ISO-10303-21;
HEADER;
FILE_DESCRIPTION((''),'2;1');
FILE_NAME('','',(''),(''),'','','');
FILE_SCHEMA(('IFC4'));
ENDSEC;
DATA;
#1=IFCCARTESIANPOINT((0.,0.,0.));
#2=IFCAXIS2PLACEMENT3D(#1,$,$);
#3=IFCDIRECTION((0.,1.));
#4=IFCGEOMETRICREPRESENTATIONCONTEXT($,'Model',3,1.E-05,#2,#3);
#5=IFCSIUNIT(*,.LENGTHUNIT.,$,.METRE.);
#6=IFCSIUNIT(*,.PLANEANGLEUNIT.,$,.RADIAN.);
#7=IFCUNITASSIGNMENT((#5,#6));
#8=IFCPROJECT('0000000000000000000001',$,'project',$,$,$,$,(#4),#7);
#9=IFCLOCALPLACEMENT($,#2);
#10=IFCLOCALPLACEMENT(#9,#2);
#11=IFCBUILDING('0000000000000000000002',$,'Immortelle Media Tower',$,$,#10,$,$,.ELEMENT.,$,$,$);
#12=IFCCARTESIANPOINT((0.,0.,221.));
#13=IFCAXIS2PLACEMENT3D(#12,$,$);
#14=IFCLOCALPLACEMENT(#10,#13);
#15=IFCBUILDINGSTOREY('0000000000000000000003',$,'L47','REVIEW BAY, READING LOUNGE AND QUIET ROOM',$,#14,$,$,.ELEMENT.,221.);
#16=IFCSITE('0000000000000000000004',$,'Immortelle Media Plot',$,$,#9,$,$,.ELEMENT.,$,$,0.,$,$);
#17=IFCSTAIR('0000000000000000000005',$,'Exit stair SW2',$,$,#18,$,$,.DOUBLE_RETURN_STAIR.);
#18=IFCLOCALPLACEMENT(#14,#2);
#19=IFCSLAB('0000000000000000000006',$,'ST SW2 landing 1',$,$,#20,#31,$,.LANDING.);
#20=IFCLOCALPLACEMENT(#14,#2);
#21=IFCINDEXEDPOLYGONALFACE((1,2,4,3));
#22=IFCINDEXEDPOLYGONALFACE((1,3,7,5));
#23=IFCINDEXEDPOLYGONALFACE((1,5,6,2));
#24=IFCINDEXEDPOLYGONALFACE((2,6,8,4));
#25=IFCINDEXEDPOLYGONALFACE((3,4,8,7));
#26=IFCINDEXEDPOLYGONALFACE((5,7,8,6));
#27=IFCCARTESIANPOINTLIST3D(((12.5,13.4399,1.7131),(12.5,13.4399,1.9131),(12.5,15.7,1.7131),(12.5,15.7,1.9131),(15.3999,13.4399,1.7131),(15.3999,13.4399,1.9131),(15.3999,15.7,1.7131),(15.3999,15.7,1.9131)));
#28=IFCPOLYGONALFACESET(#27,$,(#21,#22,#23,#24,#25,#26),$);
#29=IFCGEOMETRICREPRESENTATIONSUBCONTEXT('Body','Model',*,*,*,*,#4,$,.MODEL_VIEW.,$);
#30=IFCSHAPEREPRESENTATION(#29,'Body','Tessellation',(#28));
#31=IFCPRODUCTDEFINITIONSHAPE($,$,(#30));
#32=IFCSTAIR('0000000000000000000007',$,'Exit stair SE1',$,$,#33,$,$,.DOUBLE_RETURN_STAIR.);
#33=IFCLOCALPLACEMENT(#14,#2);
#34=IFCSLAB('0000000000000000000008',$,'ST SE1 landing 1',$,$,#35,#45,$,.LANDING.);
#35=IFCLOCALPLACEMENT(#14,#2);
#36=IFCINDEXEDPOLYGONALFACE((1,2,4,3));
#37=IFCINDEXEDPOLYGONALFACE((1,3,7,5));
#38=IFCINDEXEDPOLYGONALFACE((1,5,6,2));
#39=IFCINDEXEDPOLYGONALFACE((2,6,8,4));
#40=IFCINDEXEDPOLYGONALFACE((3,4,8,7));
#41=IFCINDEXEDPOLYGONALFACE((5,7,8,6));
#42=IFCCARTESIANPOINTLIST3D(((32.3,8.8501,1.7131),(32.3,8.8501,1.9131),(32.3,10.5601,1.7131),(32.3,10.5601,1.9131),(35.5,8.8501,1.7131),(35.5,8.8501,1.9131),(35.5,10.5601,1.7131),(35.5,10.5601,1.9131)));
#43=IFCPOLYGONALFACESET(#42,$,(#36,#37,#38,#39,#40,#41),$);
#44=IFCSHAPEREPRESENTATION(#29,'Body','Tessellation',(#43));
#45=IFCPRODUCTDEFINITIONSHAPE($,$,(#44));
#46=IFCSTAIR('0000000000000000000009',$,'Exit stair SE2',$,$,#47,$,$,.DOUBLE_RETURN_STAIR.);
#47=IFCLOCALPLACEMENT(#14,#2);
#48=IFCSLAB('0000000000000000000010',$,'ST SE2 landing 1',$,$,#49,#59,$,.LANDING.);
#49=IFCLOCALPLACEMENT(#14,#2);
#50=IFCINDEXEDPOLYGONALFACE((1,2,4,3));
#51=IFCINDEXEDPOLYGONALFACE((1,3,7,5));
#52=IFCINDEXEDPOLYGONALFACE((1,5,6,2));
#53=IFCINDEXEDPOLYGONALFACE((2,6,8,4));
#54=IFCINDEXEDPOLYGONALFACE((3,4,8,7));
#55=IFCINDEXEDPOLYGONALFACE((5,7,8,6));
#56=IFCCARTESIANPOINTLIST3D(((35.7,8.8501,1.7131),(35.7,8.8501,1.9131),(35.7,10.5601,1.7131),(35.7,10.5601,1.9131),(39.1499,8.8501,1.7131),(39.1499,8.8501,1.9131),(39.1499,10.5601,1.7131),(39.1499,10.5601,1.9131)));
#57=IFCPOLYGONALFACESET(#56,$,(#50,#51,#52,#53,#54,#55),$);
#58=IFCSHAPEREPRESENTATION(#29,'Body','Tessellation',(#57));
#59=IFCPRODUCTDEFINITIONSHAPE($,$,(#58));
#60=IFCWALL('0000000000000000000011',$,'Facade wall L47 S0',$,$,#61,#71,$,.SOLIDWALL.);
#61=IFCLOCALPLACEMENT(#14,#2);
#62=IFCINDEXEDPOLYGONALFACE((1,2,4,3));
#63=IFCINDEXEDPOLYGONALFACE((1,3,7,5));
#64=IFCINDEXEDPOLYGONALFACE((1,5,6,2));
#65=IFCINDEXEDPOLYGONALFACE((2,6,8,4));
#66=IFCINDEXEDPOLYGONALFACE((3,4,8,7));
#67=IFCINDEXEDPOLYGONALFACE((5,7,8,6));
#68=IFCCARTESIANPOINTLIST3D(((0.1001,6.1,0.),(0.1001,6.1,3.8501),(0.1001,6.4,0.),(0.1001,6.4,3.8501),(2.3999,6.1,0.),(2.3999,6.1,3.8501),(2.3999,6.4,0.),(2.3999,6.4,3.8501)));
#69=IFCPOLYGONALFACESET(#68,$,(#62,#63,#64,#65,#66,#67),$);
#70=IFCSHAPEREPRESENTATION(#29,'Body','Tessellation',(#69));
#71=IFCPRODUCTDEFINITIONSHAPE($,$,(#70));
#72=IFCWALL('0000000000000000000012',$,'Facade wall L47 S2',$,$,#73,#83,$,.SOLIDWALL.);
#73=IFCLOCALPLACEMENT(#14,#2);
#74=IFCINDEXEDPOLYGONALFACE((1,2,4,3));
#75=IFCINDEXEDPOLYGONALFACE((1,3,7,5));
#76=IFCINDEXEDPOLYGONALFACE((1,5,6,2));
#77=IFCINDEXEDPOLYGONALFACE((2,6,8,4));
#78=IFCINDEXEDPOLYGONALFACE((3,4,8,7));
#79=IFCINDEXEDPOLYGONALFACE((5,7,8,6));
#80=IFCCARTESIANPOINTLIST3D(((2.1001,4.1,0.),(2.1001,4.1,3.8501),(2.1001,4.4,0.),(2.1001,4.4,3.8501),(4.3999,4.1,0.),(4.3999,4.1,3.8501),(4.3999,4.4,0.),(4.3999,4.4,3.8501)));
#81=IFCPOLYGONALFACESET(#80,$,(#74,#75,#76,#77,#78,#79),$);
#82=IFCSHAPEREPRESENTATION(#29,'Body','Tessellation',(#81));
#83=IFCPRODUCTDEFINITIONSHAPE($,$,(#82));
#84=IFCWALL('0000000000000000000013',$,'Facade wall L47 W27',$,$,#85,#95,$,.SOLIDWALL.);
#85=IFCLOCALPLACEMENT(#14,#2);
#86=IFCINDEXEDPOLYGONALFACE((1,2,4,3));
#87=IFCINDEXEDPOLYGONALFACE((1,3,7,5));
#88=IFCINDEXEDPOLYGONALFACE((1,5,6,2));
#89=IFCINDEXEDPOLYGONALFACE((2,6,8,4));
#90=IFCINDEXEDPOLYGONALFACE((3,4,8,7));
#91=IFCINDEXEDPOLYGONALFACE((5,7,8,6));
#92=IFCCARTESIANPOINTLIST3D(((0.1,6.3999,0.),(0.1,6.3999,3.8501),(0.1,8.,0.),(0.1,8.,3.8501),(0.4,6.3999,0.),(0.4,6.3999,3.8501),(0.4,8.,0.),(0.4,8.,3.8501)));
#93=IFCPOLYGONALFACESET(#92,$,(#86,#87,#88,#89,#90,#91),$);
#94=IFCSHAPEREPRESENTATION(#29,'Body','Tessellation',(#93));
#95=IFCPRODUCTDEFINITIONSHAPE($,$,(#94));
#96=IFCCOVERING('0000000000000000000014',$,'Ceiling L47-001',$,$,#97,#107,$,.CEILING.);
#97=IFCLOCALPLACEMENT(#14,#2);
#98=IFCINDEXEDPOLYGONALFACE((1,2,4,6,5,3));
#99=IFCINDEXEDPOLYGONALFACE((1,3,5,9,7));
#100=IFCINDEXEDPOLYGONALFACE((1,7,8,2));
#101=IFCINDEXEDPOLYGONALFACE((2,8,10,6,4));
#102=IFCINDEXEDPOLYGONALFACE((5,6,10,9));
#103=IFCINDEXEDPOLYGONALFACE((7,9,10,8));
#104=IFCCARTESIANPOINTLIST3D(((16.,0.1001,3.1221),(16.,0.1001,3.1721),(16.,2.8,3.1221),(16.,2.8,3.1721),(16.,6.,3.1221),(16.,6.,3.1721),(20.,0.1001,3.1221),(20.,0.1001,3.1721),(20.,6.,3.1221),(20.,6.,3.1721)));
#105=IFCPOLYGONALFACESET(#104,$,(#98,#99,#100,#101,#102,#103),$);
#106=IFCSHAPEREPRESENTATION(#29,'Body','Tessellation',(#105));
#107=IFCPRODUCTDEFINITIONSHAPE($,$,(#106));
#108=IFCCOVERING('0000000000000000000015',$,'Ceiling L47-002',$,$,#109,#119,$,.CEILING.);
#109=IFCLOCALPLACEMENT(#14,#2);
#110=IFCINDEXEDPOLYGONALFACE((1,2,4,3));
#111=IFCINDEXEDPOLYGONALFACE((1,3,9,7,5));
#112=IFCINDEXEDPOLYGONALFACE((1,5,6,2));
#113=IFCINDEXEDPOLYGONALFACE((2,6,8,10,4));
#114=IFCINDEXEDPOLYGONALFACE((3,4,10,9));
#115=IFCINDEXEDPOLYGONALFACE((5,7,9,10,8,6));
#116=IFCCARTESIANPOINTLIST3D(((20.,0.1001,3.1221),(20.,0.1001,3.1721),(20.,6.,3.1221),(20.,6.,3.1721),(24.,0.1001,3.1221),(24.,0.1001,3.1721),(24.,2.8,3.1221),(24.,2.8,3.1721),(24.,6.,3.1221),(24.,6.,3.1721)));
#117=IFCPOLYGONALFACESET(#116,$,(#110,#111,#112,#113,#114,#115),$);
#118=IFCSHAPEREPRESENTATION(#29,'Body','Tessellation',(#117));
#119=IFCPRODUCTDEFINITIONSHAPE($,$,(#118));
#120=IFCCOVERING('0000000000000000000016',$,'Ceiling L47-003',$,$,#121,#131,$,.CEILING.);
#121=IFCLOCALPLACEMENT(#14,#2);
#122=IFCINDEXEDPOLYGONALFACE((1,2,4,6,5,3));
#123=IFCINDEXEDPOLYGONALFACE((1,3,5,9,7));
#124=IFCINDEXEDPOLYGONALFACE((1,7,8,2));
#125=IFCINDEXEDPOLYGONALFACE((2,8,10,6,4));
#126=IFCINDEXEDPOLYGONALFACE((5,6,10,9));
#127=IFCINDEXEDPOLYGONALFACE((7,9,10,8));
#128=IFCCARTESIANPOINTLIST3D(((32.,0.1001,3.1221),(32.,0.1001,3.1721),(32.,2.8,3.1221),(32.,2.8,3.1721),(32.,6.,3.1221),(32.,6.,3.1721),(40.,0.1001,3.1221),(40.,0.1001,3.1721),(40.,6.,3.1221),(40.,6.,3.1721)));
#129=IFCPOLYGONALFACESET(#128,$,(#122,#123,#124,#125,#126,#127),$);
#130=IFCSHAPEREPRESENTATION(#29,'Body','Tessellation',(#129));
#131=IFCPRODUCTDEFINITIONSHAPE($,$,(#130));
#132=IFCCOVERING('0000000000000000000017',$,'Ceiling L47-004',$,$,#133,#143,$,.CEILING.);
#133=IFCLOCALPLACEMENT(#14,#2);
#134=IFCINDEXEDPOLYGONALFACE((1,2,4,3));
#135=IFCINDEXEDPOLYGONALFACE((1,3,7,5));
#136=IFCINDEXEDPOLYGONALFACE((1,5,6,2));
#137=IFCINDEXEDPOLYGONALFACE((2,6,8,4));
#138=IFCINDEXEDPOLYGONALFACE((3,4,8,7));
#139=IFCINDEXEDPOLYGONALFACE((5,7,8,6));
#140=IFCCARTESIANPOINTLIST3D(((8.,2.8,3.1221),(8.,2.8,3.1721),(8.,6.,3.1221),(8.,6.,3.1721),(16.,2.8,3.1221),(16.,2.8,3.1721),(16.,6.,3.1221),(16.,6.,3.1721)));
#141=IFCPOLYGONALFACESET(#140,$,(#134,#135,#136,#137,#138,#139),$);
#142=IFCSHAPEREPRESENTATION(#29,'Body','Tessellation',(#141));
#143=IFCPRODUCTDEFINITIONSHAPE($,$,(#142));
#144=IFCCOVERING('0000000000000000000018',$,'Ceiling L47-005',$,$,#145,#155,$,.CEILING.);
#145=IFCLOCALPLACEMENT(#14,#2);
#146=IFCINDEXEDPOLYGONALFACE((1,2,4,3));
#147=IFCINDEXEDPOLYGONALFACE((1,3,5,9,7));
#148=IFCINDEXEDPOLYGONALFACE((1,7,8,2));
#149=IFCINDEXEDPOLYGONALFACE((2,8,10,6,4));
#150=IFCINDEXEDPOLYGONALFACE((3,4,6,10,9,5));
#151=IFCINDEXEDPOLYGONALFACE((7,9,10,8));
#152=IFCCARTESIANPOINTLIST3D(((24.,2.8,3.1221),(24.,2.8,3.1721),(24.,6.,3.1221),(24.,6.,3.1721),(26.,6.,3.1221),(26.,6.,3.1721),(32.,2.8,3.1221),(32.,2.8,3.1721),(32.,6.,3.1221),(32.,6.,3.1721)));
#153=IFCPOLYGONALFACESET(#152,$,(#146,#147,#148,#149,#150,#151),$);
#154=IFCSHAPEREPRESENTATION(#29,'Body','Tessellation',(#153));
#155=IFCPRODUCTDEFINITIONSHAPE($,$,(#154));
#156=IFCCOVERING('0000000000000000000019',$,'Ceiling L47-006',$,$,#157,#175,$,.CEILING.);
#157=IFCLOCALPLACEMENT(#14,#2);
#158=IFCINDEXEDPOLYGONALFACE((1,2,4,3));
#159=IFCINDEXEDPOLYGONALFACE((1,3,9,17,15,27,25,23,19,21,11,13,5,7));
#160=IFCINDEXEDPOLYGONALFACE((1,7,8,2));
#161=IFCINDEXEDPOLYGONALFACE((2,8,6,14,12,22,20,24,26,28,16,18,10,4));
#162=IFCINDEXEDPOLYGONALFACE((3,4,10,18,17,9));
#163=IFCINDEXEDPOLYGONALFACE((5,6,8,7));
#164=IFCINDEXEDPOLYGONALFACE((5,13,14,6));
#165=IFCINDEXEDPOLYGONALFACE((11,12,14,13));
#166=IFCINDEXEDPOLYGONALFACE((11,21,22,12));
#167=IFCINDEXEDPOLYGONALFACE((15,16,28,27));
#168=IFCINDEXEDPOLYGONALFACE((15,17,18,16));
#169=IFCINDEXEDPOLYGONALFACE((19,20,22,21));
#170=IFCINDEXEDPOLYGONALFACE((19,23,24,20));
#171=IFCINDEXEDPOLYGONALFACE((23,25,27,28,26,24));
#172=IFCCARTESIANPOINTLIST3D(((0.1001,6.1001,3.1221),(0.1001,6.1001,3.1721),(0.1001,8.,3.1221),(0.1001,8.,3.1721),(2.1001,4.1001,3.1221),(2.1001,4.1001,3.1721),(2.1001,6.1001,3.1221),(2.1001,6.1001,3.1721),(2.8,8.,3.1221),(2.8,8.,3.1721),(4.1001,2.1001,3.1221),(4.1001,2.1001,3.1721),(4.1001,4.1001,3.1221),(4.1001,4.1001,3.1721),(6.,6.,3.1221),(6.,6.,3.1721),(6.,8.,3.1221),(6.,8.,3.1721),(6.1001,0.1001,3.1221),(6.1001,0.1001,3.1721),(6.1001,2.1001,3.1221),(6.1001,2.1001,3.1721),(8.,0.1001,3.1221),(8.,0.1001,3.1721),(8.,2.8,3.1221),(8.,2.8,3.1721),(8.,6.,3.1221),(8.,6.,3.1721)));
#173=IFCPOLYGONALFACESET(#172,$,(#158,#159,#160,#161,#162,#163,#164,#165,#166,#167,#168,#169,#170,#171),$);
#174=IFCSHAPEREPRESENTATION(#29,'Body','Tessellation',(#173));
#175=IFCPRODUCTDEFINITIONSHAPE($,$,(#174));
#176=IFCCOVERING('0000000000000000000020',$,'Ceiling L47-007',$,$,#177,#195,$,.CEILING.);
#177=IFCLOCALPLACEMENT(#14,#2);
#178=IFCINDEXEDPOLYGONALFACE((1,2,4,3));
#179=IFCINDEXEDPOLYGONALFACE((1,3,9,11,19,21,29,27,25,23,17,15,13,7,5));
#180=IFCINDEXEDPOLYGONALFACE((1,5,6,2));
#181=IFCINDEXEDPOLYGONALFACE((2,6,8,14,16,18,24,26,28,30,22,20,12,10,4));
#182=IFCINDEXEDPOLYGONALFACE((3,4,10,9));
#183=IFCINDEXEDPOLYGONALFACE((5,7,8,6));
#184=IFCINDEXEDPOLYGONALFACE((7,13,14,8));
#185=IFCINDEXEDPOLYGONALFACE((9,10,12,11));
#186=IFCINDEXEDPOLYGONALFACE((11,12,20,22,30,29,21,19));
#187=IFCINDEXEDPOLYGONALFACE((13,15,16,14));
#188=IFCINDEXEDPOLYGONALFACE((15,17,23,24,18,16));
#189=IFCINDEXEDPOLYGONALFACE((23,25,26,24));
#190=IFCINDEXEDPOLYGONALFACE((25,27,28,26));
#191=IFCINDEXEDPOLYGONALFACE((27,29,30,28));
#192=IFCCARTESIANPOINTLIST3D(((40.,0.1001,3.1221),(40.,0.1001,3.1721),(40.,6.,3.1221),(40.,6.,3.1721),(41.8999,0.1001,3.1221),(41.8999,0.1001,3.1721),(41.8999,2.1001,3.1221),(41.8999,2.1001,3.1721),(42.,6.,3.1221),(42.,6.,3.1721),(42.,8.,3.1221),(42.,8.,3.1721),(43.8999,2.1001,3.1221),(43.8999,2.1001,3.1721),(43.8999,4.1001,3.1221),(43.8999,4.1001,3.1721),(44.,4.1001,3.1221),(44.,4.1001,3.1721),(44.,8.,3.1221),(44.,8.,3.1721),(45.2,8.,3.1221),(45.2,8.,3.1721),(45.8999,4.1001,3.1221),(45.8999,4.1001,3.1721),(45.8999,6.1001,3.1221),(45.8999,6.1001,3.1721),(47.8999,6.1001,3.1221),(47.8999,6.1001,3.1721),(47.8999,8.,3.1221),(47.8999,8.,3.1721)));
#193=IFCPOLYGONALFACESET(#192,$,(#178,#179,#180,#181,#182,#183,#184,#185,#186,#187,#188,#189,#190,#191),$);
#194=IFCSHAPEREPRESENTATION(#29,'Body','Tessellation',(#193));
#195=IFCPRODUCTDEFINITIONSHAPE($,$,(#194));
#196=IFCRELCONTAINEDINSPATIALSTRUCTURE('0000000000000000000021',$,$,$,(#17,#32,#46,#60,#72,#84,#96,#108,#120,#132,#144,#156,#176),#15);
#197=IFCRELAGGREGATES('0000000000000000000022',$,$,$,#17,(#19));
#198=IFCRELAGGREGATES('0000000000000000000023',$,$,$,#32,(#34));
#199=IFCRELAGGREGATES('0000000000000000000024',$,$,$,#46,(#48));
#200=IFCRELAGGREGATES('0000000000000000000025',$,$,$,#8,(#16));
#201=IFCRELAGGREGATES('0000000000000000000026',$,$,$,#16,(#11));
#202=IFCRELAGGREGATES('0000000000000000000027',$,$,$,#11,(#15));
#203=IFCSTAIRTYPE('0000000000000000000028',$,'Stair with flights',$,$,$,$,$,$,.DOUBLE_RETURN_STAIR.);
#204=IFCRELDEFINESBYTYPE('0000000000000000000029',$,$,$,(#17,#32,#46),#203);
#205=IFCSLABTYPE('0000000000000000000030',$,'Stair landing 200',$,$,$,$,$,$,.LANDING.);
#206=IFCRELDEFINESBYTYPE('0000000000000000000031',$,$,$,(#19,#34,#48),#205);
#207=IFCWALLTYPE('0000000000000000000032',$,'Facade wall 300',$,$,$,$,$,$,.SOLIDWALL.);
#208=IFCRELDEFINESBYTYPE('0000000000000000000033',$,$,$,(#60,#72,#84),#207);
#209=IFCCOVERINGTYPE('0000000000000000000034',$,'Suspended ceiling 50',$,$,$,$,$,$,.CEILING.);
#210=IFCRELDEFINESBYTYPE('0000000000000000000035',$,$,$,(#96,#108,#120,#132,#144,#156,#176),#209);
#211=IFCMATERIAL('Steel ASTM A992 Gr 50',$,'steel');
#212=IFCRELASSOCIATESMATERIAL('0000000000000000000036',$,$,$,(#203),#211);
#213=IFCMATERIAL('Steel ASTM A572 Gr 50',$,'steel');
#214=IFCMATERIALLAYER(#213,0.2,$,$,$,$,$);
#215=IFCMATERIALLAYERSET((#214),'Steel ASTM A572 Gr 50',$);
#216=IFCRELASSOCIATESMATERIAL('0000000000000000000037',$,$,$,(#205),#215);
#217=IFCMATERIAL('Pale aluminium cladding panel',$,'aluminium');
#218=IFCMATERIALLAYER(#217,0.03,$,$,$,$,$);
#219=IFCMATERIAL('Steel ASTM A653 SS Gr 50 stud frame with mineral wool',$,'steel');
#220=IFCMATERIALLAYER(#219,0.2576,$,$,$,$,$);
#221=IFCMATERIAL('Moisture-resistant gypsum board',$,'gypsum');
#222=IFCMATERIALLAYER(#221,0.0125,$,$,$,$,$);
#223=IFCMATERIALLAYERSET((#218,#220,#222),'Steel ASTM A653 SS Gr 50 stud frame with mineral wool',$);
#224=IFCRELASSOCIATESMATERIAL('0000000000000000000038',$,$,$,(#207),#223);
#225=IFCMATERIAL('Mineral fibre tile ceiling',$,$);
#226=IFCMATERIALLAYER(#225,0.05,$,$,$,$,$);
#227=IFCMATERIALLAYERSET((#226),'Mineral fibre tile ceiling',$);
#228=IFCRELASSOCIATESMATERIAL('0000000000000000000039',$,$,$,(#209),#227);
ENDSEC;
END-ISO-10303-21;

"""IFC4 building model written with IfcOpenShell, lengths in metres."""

from ifc_helpers import new_model, si_unit, direction, frame, frame_2d, origin, place, context, subcontext, project, spatial, polyline, rectangle, outline, extrude, material, layer, layer_set, type_object, element, aggregate, save


model = new_model("IFC4")

# Units and contexts
model_context = context("Model", 3, precision=1e-05, world=origin(), true_north=direction((0.0, 1.0)))
body_context = subcontext(model_context, "Body", "Model", "MODEL_VIEW")
ifc_project = project(units=[si_unit("LENGTHUNIT", "METRE"), si_unit("PLANEANGLEUNIT", "RADIAN")], contexts=[model_context])

# Site, building, storey
site_placement = place(None, origin())
site = spatial("IfcSite", under=ifc_project, at=site_placement, Name="Immortelle Media Plot", CompositionType="ELEMENT", RefElevation=0.0)
building_placement = place(site_placement, origin())
building = spatial("IfcBuilding", under=site, at=building_placement, Name="Immortelle Media Tower", CompositionType="ELEMENT")
storey_placement = place(building_placement, frame((0.0, 0.0, 221.0)))
storey = spatial("IfcBuildingStorey", under=building, at=storey_placement, Name="L47", Description="REVIEW BAY, READING LOUNGE AND QUIET ROOM", CompositionType="ELEMENT", Elevation=221.0)

# Shared definitions
ifc_material_1 = material(Name="Steel ASTM A992 Gr 50", Category="steel")

# Stairs, slabs
stair_type = type_object("IfcStairType", Name="Stair with flights", PredefinedType="DOUBLE_RETURN_STAIR", material=ifc_material_1)
ifc_material_2 = material(Name="Steel ASTM A572 Gr 50", Category="steel")
ifc_layer_1 = layer(ifc_material_2, 0.2)
ifc_layer_set_1 = layer_set([ifc_layer_1], Name="Steel ASTM A572 Gr 50")
slab_type_1 = type_object("IfcSlabType", Name="Stair landing 200", PredefinedType="LANDING", material=ifc_layer_set_1)
stair_1_placement = place(storey_placement, origin())
stair_1 = element("IfcStair", 1, at=stair_1_placement, inside=storey, type_object=stair_type, Name="Exit stair SW2", PredefinedType="DOUBLE_RETURN_STAIR")
slab_1_placement = place(storey_placement, frame((0.0, 0.0, 1.7131)))
slab_1 = element("IfcSlab", 2, at=slab_1_placement, type_object=slab_type_1, Name="ST SW2 landing 1", PredefinedType="LANDING", context=body_context, shape_type="SweptSolid", body=[
    extrude(outline(polyline([(12.5, 13.4399), (15.3999, 13.4399), (15.3999, 15.7), (12.5, 15.7), (12.5, 13.4399)])), origin(), (0.0, 0.0, 1.0), 0.2),
])
aggregate(stair_1, [slab_1])
stair_2_placement = place(storey_placement, origin())
stair_2 = element("IfcStair", 3, at=stair_2_placement, inside=storey, type_object=stair_type, Name="Exit stair SE1", PredefinedType="DOUBLE_RETURN_STAIR")
slab_2_placement = place(storey_placement, frame((0.0, 0.0, 1.7131)))
slab_2 = element("IfcSlab", 4, at=slab_2_placement, type_object=slab_type_1, Name="ST SE1 landing 1", PredefinedType="LANDING", context=body_context, shape_type="SweptSolid", body=[
    extrude(outline(polyline([(32.3, 8.8501), (35.5, 8.8501), (35.5, 10.5601), (32.3, 10.5601), (32.3, 8.8501)])), origin(), (0.0, 0.0, 1.0), 0.2),
])
aggregate(stair_2, [slab_2])
stair_3_placement = place(storey_placement, origin())
stair_3 = element("IfcStair", 5, at=stair_3_placement, inside=storey, type_object=stair_type, Name="Exit stair SE2", PredefinedType="DOUBLE_RETURN_STAIR")
slab_3_placement = place(storey_placement, frame((0.0, 0.0, 1.7131)))
slab_3 = element("IfcSlab", 6, at=slab_3_placement, type_object=slab_type_1, Name="ST SE2 landing 1", PredefinedType="LANDING", context=body_context, shape_type="SweptSolid", body=[
    extrude(outline(polyline([(35.7, 8.8501), (39.1499, 8.8501), (39.1499, 10.5601), (35.7, 10.5601), (35.7, 8.8501)])), origin(), (0.0, 0.0, 1.0), 0.2),
])
aggregate(stair_3, [slab_3])

# Walls
ifc_material_3 = material(Name="Pale aluminium cladding panel", Category="aluminium")
ifc_layer_2 = layer(ifc_material_3, 0.03)
ifc_material_4 = material(Name="Steel ASTM A653 SS Gr 50 stud frame with mineral wool", Category="steel")
ifc_layer_3 = layer(ifc_material_4, 0.2576)
ifc_material_5 = material(Name="Moisture-resistant gypsum board", Category="gypsum")
ifc_layer_4 = layer(ifc_material_5, 0.0125)
ifc_layer_set_2 = layer_set([ifc_layer_2, ifc_layer_3, ifc_layer_4], Name="Steel ASTM A653 SS Gr 50 stud frame with mineral wool")
wall_type = type_object("IfcWallType", Name="Facade wall 300", PredefinedType="SOLIDWALL", material=ifc_layer_set_2)
for number, where, z_axis, x_axis, name in (
    (7, (0.1001, 6.25, 0.0), (0.0, 0.0, 1.0), (1.0, 0.0, 0.0), "Facade wall L47 S0"),
    (8, (2.1001, 4.25, 0.0), (0.0, 0.0, 1.0), (1.0, 0.0, 0.0), "Facade wall L47 S2"),
):
    element("IfcWall", number, at=place(storey_placement, frame(where, z_axis=z_axis, x_axis=x_axis)), inside=storey, type_object=wall_type, Name=name, PredefinedType="SOLIDWALL", context=body_context, shape_type="SweptSolid", body=[
        extrude(rectangle(XDim=2.2998, YDim=0.3, at=frame_2d((1.1499, 0.0))), origin(), (0.0, 0.0, 1.0), 3.8501),
    ])
wall_placement = place(storey_placement, frame((0.25, 8.0, 0.0), z_axis=(0.0, 0.0, 1.0), x_axis=(0.0, -1.0, 0.0)))
element("IfcWall", 9, at=wall_placement, inside=storey, type_object=wall_type, Name="Facade wall L47 W27", PredefinedType="SOLIDWALL", context=body_context, shape_type="SweptSolid", body=[
    extrude(rectangle(XDim=1.6001, YDim=0.3, at=frame_2d((0.8, 0.0))), origin(), (0.0, 0.0, 1.0), 3.8501),
])

# Coverings
ifc_material_6 = material(Name="Mineral fibre tile ceiling")
ifc_layer_5 = layer(ifc_material_6, 0.05)
ifc_layer_set_3 = layer_set([ifc_layer_5], Name="Mineral fibre tile ceiling")
covering_type = type_object("IfcCoveringType", Name="Suspended ceiling 50", PredefinedType="CEILING", material=ifc_layer_set_3)
covering_1_placement = place(storey_placement, frame((0.0, 0.0, 3.1221)))
element("IfcCovering", 10, at=covering_1_placement, inside=storey, type_object=covering_type, Name="Ceiling L47-001", PredefinedType="CEILING", context=body_context, shape_type="SweptSolid", body=[
    extrude(outline(polyline([(16.0, 2.8), (16.0, 6.0), (20.0, 6.0), (20.0, 0.1001), (16.0, 0.1001), (16.0, 2.8)])), origin(), (0.0, 0.0, 1.0), 0.05),
])
covering_2_placement = place(storey_placement, frame((0.0, 0.0, 3.1221)))
element("IfcCovering", 11, at=covering_2_placement, inside=storey, type_object=covering_type, Name="Ceiling L47-002", PredefinedType="CEILING", context=body_context, shape_type="SweptSolid", body=[
    extrude(outline(polyline([(24.0, 6.0), (24.0, 2.8), (24.0, 0.1001), (20.0, 0.1001), (20.0, 6.0), (24.0, 6.0)])), origin(), (0.0, 0.0, 1.0), 0.05),
])
covering_3_placement = place(storey_placement, frame((0.0, 0.0, 3.1221)))
element("IfcCovering", 12, at=covering_3_placement, inside=storey, type_object=covering_type, Name="Ceiling L47-003", PredefinedType="CEILING", context=body_context, shape_type="SweptSolid", body=[
    extrude(outline(polyline([(32.0, 0.1001), (32.0, 2.8), (32.0, 6.0), (40.0, 6.0), (40.0, 0.1001), (32.0, 0.1001)])), origin(), (0.0, 0.0, 1.0), 0.05),
])
covering_4_placement = place(storey_placement, frame((0.0, 0.0, 3.1221)))
element("IfcCovering", 13, at=covering_4_placement, inside=storey, type_object=covering_type, Name="Ceiling L47-004", PredefinedType="CEILING", context=body_context, shape_type="SweptSolid", body=[
    extrude(outline(polyline([(8.0, 2.8), (8.0, 6.0), (16.0, 6.0), (16.0, 2.8), (8.0, 2.8)])), origin(), (0.0, 0.0, 1.0), 0.05),
])
covering_5_placement = place(storey_placement, frame((0.0, 0.0, 3.1221)))
element("IfcCovering", 14, at=covering_5_placement, inside=storey, type_object=covering_type, Name="Ceiling L47-005", PredefinedType="CEILING", context=body_context, shape_type="SweptSolid", body=[
    extrude(outline(polyline([(24.0, 2.8), (24.0, 6.0), (26.0, 6.0), (32.0, 6.0), (32.0, 2.8), (24.0, 2.8)])), origin(), (0.0, 0.0, 1.0), 0.05),
])
covering_6_placement = place(storey_placement, frame((0.0, 0.0, 3.1221)))
element("IfcCovering", 15, at=covering_6_placement, inside=storey, type_object=covering_type, Name="Ceiling L47-006", PredefinedType="CEILING", context=body_context, shape_type="SweptSolid", body=[
    extrude(outline(polyline([(6.1001, 0.1001), (6.1001, 2.1001), (4.1001, 2.1001), (4.1001, 4.1001), (2.1001, 4.1001), (2.1001, 6.1001), (0.1001, 6.1001), (0.1001, 8.0), (2.8, 8.0), (6.0, 8.0), (6.0, 6.0), (8.0, 6.0), (8.0, 2.8), (8.0, 0.1001), (6.1001, 0.1001)])), origin(), (0.0, 0.0, 1.0), 0.05),
])
covering_7_placement = place(storey_placement, frame((0.0, 0.0, 3.1221)))
element("IfcCovering", 16, at=covering_7_placement, inside=storey, type_object=covering_type, Name="Ceiling L47-007", PredefinedType="CEILING", context=body_context, shape_type="SweptSolid", body=[
    extrude(outline(polyline([(43.8999, 2.1001), (41.8999, 2.1001), (41.8999, 0.1001), (40.0, 0.1001), (40.0, 6.0), (42.0, 6.0), (42.0, 8.0), (44.0, 8.0), (45.2, 8.0), (47.8999, 8.0), (47.8999, 6.1001), (45.8999, 6.1001), (45.8999, 4.1001), (44.0, 4.1001), (43.8999, 4.1001), (43.8999, 2.1001)])), origin(), (0.0, 0.0, 1.0), 0.05),
])

save(model, "model.ifc")
